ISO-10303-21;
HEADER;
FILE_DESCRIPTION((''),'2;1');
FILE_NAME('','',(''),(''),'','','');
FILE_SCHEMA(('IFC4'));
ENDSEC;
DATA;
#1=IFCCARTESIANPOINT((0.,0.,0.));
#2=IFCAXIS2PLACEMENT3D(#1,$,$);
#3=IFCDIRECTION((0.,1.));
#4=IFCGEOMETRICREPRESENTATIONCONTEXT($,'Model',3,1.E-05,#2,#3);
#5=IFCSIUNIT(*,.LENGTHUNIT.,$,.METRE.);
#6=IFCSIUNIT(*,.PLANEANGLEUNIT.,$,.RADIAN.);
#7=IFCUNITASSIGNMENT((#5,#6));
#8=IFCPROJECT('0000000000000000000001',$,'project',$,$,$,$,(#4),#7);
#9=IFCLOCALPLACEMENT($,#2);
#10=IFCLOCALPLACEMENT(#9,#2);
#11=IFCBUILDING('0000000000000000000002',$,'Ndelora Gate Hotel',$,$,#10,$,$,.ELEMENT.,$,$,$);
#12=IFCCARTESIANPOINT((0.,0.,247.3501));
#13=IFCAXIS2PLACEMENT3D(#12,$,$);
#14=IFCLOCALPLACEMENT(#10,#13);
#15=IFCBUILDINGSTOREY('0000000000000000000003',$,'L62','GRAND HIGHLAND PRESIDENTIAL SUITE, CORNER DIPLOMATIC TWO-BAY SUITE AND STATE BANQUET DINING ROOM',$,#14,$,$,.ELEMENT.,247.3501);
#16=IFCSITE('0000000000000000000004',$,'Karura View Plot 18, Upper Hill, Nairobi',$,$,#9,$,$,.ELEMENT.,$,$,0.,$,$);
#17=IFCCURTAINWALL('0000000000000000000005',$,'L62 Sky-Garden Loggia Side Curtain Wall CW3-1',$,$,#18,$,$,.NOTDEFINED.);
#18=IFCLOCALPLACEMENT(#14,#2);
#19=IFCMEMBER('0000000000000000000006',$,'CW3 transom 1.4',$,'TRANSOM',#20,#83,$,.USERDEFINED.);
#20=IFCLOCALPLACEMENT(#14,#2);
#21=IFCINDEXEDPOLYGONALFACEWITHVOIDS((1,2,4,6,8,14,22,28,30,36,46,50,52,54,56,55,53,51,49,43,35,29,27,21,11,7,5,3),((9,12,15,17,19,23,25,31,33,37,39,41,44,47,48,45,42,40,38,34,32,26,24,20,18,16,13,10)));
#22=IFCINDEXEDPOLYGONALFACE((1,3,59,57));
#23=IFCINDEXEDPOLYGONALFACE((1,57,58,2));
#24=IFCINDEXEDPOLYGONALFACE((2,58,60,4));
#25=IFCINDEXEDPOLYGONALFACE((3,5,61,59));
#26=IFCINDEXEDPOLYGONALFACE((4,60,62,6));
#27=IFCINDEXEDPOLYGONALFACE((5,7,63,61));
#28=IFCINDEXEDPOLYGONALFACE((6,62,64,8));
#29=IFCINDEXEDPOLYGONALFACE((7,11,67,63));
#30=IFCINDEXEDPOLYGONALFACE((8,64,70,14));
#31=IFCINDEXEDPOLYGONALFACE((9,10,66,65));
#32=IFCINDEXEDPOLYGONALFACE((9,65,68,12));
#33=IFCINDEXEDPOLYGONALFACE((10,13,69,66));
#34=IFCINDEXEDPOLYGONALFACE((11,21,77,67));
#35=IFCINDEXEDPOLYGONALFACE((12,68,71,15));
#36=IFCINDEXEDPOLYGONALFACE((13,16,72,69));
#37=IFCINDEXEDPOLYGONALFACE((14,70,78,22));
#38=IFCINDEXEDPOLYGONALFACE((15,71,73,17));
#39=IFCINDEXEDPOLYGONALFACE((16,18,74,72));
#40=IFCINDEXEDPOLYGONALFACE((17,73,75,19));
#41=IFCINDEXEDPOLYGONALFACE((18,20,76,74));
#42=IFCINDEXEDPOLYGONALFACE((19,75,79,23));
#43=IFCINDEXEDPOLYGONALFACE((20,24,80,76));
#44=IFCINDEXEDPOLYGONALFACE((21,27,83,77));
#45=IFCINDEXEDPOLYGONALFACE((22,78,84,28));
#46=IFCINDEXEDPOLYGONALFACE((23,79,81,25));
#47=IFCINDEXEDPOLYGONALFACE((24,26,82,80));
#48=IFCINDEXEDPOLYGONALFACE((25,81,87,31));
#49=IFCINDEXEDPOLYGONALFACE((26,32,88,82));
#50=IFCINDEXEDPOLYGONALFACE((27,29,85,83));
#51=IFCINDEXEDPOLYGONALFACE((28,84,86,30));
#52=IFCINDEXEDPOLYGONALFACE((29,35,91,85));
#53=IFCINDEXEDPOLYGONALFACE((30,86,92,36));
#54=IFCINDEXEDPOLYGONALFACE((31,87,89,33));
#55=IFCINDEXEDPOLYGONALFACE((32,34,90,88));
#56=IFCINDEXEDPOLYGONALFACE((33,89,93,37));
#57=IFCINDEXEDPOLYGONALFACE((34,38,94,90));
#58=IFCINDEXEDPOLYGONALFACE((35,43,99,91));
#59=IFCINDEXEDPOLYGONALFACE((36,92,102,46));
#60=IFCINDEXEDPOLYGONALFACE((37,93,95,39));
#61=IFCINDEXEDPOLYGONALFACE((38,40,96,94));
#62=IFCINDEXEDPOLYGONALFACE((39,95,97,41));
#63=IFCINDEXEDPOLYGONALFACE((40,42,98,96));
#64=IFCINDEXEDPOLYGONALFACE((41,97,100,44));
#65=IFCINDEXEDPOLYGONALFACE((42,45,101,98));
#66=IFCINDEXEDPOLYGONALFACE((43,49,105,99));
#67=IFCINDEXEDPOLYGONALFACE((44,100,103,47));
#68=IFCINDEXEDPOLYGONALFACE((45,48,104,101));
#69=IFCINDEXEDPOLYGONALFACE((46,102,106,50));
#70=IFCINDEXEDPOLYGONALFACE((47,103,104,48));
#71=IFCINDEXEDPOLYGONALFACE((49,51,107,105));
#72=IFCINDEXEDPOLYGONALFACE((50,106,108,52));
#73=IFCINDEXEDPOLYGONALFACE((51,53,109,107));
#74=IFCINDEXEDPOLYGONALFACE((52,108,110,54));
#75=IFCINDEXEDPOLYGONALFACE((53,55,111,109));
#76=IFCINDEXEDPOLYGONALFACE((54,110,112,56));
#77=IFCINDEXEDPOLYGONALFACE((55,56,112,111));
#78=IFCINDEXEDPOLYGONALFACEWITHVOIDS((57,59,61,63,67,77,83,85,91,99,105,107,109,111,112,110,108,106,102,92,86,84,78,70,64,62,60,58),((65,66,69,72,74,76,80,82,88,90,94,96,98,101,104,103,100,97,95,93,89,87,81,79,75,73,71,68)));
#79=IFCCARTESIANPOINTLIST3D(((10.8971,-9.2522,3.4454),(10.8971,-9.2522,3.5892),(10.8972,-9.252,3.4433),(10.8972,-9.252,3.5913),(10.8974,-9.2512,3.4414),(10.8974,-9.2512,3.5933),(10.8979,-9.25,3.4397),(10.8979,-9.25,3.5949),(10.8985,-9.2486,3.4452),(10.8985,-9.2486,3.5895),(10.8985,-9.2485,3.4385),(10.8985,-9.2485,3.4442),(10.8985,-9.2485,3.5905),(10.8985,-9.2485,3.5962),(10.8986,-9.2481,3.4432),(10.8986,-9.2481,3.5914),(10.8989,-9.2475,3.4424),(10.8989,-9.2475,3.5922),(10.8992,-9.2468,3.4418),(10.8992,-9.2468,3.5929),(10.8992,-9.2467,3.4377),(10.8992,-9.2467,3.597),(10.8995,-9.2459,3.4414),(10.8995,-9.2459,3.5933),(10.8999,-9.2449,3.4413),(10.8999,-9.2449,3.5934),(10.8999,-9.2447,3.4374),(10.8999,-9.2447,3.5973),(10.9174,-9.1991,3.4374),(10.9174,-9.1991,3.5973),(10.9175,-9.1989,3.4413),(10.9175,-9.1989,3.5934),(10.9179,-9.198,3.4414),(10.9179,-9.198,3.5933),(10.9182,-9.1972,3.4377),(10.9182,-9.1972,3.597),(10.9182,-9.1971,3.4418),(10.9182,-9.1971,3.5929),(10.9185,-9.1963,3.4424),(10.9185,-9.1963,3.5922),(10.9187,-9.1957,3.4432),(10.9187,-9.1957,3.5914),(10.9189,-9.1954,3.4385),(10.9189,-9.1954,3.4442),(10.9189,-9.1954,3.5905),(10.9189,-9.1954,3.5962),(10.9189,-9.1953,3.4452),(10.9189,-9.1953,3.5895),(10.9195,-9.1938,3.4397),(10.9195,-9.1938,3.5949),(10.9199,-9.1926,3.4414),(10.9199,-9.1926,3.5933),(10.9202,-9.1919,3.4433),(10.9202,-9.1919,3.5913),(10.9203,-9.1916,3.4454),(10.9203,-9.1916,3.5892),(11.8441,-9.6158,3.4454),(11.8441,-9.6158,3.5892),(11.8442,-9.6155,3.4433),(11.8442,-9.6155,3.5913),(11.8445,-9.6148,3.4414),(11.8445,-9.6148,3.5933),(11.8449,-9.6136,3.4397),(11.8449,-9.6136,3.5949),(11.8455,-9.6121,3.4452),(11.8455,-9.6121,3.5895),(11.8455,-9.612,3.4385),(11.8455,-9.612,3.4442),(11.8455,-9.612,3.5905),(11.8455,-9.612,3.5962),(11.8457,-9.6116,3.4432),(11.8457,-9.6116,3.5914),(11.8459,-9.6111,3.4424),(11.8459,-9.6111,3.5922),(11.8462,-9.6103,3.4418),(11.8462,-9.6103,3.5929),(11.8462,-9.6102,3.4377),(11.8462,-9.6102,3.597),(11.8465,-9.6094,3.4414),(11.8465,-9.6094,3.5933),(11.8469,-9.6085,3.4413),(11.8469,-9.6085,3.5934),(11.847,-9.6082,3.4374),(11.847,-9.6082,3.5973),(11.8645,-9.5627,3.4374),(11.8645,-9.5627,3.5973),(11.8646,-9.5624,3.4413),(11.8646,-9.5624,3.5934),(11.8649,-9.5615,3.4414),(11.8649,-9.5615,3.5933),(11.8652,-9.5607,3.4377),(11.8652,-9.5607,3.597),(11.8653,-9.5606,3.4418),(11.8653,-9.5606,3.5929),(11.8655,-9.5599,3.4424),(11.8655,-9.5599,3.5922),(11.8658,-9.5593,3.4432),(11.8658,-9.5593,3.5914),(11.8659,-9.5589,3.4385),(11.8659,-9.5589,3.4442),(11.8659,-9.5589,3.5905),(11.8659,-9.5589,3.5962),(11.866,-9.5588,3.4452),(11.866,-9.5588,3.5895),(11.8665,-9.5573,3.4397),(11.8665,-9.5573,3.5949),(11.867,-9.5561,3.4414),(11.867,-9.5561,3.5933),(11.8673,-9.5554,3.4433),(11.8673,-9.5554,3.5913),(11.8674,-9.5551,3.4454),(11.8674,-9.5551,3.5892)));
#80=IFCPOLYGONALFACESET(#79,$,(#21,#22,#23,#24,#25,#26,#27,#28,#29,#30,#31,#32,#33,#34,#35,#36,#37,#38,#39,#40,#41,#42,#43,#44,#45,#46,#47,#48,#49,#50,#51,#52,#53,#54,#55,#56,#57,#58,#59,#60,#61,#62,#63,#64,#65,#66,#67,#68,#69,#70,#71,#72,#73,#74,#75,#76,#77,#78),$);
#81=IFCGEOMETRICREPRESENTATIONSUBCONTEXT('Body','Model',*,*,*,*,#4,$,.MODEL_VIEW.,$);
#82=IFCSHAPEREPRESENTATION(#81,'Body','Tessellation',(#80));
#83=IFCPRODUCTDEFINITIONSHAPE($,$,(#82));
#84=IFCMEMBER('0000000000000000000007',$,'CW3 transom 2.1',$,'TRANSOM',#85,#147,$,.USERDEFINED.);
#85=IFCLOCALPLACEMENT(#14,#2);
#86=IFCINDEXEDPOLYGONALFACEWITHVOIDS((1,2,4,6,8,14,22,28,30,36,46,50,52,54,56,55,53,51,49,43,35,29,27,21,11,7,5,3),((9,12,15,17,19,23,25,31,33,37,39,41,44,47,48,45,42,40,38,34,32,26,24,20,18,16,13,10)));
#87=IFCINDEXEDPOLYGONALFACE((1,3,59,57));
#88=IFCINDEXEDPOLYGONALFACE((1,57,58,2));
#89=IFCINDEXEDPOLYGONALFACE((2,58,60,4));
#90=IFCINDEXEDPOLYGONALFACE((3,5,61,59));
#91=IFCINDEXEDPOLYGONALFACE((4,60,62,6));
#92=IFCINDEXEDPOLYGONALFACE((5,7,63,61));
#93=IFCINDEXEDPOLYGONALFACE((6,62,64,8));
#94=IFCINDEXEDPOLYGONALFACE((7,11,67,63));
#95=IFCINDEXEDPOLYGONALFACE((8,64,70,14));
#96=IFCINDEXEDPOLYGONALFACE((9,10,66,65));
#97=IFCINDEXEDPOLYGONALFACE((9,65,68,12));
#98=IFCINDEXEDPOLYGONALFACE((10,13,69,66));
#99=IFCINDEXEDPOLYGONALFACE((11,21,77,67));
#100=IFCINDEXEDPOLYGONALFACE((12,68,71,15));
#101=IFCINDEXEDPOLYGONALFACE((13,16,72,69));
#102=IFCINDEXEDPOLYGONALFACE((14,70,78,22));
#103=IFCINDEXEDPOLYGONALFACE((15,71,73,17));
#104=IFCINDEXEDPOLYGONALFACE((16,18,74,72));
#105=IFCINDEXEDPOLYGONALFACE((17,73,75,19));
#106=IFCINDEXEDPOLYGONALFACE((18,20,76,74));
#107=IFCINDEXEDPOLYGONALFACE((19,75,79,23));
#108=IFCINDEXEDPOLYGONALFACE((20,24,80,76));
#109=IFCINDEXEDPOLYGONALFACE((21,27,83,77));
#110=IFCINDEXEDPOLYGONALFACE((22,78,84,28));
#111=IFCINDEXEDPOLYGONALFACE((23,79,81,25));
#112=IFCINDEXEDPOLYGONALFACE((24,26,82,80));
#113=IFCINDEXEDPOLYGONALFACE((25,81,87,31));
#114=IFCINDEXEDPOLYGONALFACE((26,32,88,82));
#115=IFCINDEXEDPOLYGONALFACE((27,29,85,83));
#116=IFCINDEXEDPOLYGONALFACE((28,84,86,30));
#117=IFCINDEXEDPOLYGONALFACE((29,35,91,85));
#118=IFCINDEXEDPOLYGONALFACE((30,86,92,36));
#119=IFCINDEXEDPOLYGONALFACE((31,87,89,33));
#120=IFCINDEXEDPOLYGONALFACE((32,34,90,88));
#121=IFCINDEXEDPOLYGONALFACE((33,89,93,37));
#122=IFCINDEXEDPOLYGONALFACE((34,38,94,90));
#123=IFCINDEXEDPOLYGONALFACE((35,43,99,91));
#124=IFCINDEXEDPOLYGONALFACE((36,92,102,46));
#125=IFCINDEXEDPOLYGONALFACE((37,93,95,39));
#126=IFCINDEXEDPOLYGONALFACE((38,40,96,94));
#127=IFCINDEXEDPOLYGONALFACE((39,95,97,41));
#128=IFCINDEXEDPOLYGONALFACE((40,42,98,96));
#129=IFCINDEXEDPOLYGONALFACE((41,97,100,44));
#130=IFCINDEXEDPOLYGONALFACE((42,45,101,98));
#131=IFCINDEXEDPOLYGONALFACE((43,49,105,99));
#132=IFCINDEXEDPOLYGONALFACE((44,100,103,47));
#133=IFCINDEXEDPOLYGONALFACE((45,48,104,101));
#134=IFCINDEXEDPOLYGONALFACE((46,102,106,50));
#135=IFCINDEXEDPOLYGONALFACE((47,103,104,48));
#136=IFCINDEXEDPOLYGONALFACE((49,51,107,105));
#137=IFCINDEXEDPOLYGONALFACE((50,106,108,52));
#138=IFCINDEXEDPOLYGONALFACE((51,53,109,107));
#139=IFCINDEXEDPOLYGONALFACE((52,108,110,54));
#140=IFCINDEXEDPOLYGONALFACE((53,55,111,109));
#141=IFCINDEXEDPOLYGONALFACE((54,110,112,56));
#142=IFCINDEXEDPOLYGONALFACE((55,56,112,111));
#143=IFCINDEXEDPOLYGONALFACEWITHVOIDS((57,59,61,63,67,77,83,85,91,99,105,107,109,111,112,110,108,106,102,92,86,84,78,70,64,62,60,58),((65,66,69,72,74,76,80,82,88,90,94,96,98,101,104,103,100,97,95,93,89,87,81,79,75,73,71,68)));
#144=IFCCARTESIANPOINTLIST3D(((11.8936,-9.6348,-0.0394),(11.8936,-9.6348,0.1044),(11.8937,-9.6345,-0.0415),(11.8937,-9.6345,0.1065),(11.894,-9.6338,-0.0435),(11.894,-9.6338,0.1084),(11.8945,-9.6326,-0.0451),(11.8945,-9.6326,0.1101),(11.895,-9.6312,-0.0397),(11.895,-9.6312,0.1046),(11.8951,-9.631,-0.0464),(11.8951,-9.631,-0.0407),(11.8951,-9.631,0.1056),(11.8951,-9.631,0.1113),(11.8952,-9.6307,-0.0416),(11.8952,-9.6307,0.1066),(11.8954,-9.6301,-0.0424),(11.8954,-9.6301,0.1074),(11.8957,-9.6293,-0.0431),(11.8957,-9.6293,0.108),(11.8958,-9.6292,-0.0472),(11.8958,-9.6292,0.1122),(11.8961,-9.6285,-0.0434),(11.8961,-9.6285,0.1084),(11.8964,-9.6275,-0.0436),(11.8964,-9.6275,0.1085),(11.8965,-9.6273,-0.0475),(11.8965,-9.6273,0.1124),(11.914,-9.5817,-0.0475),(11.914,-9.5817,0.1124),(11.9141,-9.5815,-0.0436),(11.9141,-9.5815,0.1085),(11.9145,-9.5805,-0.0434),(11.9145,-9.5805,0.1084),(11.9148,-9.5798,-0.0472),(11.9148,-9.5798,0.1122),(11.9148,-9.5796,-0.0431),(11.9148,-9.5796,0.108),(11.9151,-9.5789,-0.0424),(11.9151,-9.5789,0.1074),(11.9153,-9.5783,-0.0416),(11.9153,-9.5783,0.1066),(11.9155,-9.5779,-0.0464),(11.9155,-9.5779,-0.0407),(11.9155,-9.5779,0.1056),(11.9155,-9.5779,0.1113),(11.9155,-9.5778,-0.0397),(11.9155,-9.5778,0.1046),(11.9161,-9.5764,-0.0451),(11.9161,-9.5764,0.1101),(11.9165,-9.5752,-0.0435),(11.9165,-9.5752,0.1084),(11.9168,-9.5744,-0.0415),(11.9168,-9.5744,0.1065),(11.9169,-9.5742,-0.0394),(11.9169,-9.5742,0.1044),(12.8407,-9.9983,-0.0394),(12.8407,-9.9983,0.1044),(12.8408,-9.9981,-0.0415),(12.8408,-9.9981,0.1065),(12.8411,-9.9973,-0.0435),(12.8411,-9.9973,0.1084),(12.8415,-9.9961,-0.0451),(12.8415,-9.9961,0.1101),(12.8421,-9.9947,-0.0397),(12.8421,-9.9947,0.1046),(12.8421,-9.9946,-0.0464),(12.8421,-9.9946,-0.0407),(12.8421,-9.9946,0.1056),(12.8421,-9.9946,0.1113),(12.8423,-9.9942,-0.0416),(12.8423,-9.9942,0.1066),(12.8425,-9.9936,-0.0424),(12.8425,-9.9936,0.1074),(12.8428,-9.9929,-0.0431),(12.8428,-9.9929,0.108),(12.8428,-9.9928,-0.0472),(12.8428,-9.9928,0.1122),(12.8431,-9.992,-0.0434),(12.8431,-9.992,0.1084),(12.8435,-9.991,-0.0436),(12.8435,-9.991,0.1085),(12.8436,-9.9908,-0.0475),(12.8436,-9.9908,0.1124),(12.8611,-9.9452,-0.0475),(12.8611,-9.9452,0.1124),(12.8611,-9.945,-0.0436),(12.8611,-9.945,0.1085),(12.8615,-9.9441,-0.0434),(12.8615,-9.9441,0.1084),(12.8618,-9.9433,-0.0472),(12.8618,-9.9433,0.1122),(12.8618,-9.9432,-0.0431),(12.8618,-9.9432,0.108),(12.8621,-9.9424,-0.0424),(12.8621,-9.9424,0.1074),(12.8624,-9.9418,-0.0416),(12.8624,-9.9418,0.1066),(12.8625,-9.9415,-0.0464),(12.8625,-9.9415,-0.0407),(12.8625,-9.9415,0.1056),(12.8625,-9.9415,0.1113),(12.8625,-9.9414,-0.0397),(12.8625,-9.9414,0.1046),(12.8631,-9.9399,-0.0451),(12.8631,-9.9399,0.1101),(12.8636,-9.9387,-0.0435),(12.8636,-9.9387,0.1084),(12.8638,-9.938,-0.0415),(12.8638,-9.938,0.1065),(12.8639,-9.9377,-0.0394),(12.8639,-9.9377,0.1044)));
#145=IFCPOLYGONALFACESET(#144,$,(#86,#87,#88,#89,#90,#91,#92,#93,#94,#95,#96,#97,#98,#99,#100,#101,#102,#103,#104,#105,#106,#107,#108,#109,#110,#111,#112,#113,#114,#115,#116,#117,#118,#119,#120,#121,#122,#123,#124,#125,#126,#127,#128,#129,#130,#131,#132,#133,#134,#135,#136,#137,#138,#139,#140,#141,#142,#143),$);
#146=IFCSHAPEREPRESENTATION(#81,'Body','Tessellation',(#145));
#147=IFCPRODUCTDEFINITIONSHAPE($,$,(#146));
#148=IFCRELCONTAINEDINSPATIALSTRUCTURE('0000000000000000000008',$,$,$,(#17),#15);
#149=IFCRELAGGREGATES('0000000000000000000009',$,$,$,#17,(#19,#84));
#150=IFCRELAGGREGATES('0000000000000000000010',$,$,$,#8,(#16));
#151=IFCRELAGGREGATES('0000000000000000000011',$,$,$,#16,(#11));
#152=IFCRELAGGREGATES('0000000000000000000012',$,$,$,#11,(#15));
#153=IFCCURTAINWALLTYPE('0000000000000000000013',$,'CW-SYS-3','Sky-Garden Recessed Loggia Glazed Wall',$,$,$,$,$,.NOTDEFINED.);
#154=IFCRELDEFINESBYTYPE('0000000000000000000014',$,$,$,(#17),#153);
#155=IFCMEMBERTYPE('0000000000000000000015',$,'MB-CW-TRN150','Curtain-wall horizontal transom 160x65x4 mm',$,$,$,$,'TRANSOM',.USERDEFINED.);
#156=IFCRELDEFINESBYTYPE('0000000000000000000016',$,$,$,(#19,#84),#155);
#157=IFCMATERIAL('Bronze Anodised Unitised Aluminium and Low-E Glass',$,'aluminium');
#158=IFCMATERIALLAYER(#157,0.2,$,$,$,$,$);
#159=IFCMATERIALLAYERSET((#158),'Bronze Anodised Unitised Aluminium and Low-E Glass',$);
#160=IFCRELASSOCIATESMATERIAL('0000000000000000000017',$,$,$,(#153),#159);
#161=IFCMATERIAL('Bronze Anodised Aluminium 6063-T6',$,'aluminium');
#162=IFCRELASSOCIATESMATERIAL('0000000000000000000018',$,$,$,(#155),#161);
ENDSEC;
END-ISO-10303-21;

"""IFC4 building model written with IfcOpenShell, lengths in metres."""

from ifc_helpers import new_model, si_unit, direction, frame, origin, origin_2d, place, context, subcontext, project, spatial, hollow_rectangle, extrude, material, layer, layer_set, material_profile, profile_set, type_object, element, aggregate, save


model = new_model("IFC4")

# Units and contexts
model_context = context("Model", 3, precision=1e-05, world=origin(), true_north=direction((0.0, 1.0)))
body_context = subcontext(model_context, "Body", "Model", "MODEL_VIEW")
ifc_project = project(units=[si_unit("LENGTHUNIT", "METRE"), si_unit("PLANEANGLEUNIT", "RADIAN")], contexts=[model_context])

# Site, building, storey
site_placement = place(None, origin())
site = spatial("IfcSite", under=ifc_project, at=site_placement, Name="Karura View Plot 18, Upper Hill, Nairobi", CompositionType="ELEMENT", RefElevation=0.0)
building_placement = place(site_placement, origin())
building = spatial("IfcBuilding", under=site, at=building_placement, Name="Ndelora Gate Hotel", CompositionType="ELEMENT")
storey_placement = place(building_placement, frame((0.0, 0.0, 247.3501)))
storey = spatial("IfcBuildingStorey", under=building, at=storey_placement, Name="L62", Description="GRAND HIGHLAND PRESIDENTIAL SUITE, CORNER DIPLOMATIC TWO-BAY SUITE AND STATE BANQUET DINING ROOM", CompositionType="ELEMENT", Elevation=247.3501)

# Curtain wall, members
ifc_material_1 = material(Name="Bronze Anodised Unitised Aluminium and Low-E Glass", Category="aluminium")
ifc_layer_1 = layer(ifc_material_1, 0.2)
ifc_layer_set_1 = layer_set([ifc_layer_1], Name="Bronze Anodised Unitised Aluminium and Low-E Glass")
curtain_wall_type = type_object("IfcCurtainWallType", Name="CW-SYS-3", Description="Sky-Garden Recessed Loggia Glazed Wall", PredefinedType="NOTDEFINED", material=ifc_layer_set_1)
curtain_wall_placement = place(storey_placement, origin())
curtain_wall = element("IfcCurtainWall", 1, at=curtain_wall_placement, inside=storey, type_object=curtain_wall_type, Name="L62 Sky-Garden Loggia Side Curtain Wall CW3-1", PredefinedType="NOTDEFINED")
ifc_material_2 = material(Name="Bronze Anodised Aluminium 6063-T6", Category="aluminium")
ifc_material_profile_1 = material_profile(ifc_material_2, hollow_rectangle(XDim=0.0649, YDim=0.1599, WallThickness=0.0039, InnerFilletRadius=0.0039, OuterFilletRadius=0.0081, at=origin_2d()), Name="ALU 160x65x4")
ifc_profile_set_1 = profile_set([ifc_material_profile_1], Name="Bronze Anodised Aluminium 6063-T6")
member_type_1 = type_object("IfcMemberType", Name="MB-CW-TRN150", Description="Curtain-wall horizontal transom 160x65x4 mm", ElementType="TRANSOM", PredefinedType="USERDEFINED", material=ifc_profile_set_1)
member_1_placement = place(storey_placement, frame((10.9087, -9.2219, 3.5173), z_axis=(0.933581, -0.358366, 0.0), x_axis=(0.358366, 0.933581, 0.0)))
member_1 = element("IfcMember", 2, at=member_1_placement, type_object=member_type_1, Name="CW3 transom 1.4", ObjectType="TRANSOM", PredefinedType="USERDEFINED", context=body_context, shape_type="SweptSolid", body=[
    extrude(hollow_rectangle(XDim=0.0649, YDim=0.1599, WallThickness=0.0039, InnerFilletRadius=0.0039, OuterFilletRadius=0.0081, at=origin_2d()), origin(), (0.0, 0.0, 1.0), 1.0144),
])
member_2_placement = place(storey_placement, frame((11.9053, -9.6045, 0.0325), z_axis=(0.933581, -0.358366, 0.0), x_axis=(0.358366, 0.933581, 0.0)))
member_2 = element("IfcMember", 3, at=member_2_placement, type_object=member_type_1, Name="CW3 transom 2.1", ObjectType="TRANSOM", PredefinedType="USERDEFINED", context=body_context, shape_type="SweptSolid", body=[
    extrude(hollow_rectangle(XDim=0.0649, YDim=0.1599, WallThickness=0.0039, InnerFilletRadius=0.0039, OuterFilletRadius=0.0081, at=origin_2d()), origin(), (0.0, 0.0, 1.0), 1.0144),
])
aggregate(curtain_wall, [member_1, member_2])

save(model, "model.ifc")
